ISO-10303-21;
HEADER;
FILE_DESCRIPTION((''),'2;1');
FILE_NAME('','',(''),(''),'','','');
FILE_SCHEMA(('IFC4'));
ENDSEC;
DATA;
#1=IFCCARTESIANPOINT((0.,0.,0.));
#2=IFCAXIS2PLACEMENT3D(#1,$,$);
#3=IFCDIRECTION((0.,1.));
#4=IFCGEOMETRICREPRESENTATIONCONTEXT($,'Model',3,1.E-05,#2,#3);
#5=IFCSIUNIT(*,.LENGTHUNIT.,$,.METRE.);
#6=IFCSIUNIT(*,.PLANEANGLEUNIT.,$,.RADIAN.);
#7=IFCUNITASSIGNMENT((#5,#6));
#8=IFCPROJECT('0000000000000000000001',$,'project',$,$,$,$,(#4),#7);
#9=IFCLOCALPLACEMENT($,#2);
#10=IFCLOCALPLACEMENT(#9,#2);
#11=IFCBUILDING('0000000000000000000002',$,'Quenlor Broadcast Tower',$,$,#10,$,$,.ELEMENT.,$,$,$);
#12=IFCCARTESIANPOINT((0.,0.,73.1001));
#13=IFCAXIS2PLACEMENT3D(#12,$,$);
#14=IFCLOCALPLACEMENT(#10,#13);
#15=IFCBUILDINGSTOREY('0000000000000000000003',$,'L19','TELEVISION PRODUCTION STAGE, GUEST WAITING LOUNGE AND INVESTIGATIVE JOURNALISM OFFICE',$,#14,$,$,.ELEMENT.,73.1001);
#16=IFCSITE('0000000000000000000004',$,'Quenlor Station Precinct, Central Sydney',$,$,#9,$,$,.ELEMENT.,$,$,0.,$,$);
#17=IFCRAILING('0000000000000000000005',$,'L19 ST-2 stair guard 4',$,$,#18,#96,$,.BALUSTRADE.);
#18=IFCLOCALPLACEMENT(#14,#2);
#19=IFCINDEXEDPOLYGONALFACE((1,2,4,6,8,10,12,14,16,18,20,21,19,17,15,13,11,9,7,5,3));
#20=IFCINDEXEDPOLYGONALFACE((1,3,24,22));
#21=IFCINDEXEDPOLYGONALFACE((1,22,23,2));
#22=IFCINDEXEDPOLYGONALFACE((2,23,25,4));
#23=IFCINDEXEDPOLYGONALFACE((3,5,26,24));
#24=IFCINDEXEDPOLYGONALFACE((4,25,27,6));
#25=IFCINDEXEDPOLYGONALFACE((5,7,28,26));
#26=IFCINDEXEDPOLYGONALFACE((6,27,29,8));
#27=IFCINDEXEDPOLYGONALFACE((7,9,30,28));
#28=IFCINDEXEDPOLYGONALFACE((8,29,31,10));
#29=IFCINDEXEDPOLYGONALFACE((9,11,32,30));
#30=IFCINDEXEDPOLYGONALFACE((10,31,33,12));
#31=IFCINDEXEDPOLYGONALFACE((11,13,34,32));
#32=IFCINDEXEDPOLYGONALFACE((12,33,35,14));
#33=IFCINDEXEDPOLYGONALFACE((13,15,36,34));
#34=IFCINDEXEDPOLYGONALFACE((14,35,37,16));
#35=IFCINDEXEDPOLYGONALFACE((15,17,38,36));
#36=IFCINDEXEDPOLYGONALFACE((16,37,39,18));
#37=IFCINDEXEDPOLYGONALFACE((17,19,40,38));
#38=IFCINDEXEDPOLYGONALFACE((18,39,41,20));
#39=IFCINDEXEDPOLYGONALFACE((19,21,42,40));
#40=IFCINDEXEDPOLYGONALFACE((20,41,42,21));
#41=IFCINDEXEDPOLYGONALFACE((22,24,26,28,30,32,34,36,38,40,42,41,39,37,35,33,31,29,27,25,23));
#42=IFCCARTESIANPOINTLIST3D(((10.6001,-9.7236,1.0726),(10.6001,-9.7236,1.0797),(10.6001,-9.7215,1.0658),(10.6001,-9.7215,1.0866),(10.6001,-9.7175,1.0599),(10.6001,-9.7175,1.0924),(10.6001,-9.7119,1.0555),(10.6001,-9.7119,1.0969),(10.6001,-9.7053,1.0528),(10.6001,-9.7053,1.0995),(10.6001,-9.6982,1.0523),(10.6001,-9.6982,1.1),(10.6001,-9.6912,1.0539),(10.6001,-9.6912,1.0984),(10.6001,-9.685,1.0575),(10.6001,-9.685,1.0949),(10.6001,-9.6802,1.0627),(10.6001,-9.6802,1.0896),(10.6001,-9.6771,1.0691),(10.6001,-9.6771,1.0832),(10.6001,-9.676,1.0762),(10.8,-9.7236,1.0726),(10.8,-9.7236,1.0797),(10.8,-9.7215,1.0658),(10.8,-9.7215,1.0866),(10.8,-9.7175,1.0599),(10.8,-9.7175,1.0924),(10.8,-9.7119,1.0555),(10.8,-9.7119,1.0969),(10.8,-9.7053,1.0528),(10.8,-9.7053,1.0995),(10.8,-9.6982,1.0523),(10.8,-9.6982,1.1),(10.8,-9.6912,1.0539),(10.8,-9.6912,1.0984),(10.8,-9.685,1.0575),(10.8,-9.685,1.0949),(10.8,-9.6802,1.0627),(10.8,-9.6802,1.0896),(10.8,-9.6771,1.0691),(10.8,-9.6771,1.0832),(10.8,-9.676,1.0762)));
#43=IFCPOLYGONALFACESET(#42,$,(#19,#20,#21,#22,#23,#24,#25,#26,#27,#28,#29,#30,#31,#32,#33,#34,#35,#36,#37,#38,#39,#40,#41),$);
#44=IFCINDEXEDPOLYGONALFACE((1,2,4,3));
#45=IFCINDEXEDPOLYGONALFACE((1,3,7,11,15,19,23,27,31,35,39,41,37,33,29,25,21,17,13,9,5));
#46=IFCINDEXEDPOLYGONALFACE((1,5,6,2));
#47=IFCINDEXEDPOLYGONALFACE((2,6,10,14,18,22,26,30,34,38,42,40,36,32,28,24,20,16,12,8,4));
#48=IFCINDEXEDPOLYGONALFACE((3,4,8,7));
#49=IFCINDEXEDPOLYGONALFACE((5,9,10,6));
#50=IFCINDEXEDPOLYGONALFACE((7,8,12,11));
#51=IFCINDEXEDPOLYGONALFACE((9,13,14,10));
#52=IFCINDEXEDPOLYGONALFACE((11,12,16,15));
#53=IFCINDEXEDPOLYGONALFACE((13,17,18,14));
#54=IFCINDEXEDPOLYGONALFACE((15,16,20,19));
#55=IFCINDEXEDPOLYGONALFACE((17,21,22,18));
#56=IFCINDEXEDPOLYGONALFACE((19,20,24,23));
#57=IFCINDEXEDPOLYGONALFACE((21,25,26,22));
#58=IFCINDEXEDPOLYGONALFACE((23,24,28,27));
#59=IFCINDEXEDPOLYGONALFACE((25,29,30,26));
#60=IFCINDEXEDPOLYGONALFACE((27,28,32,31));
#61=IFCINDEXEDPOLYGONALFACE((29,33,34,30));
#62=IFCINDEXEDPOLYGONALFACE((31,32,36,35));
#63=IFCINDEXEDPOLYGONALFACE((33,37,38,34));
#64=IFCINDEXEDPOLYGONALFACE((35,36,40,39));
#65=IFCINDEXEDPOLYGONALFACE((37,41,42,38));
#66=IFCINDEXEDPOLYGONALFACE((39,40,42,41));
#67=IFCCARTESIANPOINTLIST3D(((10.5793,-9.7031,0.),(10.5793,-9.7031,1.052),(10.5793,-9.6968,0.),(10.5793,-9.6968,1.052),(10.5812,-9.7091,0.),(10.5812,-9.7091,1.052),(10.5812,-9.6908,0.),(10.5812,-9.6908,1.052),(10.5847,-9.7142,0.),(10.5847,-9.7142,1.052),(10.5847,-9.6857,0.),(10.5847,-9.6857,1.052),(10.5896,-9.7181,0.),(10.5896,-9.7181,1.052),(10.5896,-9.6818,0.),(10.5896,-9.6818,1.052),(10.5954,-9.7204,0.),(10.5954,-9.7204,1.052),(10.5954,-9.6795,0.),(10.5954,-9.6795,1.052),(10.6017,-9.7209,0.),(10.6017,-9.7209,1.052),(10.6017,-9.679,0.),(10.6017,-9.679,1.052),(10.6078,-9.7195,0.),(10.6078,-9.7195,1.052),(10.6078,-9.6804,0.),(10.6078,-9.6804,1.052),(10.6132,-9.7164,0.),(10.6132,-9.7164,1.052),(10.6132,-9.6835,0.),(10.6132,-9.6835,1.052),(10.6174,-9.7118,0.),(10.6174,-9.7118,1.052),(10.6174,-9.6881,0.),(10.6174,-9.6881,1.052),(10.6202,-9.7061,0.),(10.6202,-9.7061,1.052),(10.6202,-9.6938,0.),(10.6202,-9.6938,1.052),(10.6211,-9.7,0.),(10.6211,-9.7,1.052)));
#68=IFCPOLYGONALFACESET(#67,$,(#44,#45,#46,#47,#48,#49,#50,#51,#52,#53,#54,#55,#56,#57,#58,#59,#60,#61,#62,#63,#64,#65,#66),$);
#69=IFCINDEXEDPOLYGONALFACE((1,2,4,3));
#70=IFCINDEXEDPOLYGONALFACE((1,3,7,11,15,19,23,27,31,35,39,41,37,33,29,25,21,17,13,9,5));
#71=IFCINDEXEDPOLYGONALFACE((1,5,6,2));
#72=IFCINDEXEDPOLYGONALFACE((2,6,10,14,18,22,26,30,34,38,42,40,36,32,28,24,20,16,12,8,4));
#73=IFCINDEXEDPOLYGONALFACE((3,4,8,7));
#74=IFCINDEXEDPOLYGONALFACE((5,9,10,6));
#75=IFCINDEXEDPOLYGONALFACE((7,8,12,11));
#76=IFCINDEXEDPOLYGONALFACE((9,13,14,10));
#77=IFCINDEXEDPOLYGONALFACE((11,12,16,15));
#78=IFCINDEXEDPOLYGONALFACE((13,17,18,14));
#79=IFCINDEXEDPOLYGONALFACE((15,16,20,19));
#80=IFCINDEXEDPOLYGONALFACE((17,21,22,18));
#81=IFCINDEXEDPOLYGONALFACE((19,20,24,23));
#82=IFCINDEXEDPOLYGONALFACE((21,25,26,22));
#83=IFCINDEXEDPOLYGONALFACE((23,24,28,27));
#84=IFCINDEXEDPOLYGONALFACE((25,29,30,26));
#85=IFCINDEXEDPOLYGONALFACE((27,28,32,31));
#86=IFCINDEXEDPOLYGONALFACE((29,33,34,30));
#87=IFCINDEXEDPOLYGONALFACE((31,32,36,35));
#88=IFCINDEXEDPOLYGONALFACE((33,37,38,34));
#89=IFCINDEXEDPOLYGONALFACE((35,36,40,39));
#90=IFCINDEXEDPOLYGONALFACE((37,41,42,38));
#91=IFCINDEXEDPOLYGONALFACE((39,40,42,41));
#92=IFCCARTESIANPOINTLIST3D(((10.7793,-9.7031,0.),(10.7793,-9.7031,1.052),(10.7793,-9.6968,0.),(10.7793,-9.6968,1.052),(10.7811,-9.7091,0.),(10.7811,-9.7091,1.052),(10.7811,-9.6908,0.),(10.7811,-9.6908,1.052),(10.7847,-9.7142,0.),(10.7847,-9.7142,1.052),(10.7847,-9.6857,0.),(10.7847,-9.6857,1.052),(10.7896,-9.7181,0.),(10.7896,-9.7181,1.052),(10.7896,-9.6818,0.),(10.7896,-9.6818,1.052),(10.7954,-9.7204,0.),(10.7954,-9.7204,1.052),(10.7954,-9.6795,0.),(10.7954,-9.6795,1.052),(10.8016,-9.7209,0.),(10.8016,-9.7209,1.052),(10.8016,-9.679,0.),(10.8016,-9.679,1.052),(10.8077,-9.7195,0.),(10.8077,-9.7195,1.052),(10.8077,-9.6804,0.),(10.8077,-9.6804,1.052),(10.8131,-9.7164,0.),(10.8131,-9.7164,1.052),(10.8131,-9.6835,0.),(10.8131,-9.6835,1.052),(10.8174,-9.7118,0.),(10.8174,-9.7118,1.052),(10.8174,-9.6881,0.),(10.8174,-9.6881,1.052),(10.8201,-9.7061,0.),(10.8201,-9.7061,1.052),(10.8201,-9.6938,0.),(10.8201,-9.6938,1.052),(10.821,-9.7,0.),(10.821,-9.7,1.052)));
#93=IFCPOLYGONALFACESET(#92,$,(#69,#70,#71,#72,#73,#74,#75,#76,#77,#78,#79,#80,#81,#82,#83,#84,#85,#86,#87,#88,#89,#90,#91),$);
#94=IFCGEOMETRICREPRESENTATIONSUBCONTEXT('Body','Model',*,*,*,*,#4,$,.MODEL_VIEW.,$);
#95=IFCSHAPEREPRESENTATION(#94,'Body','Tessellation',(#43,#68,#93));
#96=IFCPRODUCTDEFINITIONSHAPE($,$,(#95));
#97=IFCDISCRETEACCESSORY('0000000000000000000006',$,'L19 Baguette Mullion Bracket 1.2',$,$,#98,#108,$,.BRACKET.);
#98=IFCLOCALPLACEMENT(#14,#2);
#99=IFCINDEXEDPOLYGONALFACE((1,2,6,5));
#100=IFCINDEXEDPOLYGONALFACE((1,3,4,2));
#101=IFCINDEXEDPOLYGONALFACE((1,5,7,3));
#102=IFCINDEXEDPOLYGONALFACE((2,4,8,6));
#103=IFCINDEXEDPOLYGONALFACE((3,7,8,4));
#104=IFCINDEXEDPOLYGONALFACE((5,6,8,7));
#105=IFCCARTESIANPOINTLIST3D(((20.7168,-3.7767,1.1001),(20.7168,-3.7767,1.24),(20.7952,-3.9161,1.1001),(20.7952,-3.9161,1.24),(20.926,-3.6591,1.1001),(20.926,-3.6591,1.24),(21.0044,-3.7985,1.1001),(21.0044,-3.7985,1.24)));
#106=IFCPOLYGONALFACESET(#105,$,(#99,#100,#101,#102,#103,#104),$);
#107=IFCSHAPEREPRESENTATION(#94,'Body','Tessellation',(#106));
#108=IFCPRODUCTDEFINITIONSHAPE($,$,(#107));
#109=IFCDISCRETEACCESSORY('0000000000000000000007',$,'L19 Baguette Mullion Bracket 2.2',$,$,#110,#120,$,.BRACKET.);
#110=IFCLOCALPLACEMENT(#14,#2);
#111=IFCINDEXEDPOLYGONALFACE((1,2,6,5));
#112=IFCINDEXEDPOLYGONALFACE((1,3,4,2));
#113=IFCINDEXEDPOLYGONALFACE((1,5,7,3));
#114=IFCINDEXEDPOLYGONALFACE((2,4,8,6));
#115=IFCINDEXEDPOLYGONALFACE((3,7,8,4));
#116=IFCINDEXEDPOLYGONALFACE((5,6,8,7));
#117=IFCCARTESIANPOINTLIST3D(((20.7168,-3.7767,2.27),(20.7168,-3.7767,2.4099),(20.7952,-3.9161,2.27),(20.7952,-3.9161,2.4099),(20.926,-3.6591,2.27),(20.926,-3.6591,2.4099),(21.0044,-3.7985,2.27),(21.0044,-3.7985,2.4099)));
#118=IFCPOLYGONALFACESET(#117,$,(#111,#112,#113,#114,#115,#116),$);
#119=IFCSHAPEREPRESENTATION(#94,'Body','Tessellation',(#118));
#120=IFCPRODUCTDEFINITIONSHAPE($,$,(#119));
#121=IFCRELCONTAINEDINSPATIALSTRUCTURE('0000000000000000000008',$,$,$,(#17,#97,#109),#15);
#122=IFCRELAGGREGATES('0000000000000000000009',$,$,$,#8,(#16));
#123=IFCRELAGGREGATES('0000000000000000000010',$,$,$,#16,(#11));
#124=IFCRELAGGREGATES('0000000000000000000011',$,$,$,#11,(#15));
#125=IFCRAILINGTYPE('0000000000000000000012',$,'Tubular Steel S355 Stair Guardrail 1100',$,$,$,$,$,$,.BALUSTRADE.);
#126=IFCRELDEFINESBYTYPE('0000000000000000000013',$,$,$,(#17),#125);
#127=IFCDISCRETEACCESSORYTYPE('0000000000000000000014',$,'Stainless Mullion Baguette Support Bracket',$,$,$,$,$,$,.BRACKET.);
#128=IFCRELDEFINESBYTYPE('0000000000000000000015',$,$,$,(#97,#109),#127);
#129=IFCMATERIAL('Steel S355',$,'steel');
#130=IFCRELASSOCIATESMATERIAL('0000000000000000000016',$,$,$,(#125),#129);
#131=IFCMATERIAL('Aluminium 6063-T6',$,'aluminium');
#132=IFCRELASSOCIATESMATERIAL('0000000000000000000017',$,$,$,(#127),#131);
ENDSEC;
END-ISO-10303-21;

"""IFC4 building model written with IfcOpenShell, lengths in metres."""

from ifc_helpers import new_model, si_unit, direction, frame, origin, origin_2d, place, context, subcontext, project, spatial, rectangle, circle, extrude, material, type_object, element, save


model = new_model("IFC4")

# Units and contexts
model_context = context("Model", 3, precision=1e-05, world=origin(), true_north=direction((0.0, 1.0)))
body_context = subcontext(model_context, "Body", "Model", "MODEL_VIEW")
ifc_project = project(units=[si_unit("LENGTHUNIT", "METRE"), si_unit("PLANEANGLEUNIT", "RADIAN")], contexts=[model_context])

# Site, building, storey
site_placement = place(None, origin())
site = spatial("IfcSite", under=ifc_project, at=site_placement, Name="Quenlor Station Precinct, Central Sydney", CompositionType="ELEMENT", RefElevation=0.0)
building_placement = place(site_placement, origin())
building = spatial("IfcBuilding", under=site, at=building_placement, Name="Quenlor Broadcast Tower", CompositionType="ELEMENT")
storey_placement = place(building_placement, frame((0.0, 0.0, 73.1001)))
storey = spatial("IfcBuildingStorey", under=building, at=storey_placement, Name="L19", Description="TELEVISION PRODUCTION STAGE, GUEST WAITING LOUNGE AND INVESTIGATIVE JOURNALISM OFFICE", CompositionType="ELEMENT", Elevation=73.1001)

# Railing
ifc_material_1 = material(Name="Steel S355", Category="steel")
railing_type_1 = type_object("IfcRailingType", Name="Tubular Steel S355 Stair Guardrail 1100", PredefinedType="BALUSTRADE", material=ifc_material_1)
railing_1_placement = place(storey_placement, frame((10.6001, -9.7, 0.0)))
element("IfcRailing", 1, at=railing_1_placement, inside=storey, type_object=railing_type_1, Name="L19 ST-2 stair guard 4", PredefinedType="BALUSTRADE", context=body_context, shape_type="SweptSolid", body=[
    extrude(circle(Radius=0.0239, at=origin_2d()), frame((0.0, 0.0, 1.0762), z_axis=(1.0, 0.0, 0.0), x_axis=(0.0, 1.0, 0.0)), (0.0, 0.0, 1.0), 0.2),
    extrude(circle(Radius=0.021, at=origin_2d()), origin(), (0.0, 0.0, 1.0), 1.052),
    extrude(circle(Radius=0.021, at=origin_2d()), frame((0.2, 0.0, 0.0)), (0.0, 0.0, 1.0), 1.052),
])

# Discrete accessories
ifc_material_2 = material(Name="Aluminium 6063-T6", Category="aluminium")
discrete_accessory_type = type_object("IfcDiscreteAccessoryType", Name="Stainless Mullion Baguette Support Bracket", PredefinedType="BRACKET", material=ifc_material_2)
for number, where, z_axis, x_axis, name in (
    (2, (20.8606, -3.7876, 1.1001), (0.0, 0.0, 1.0), (0.490257, -0.871578, 0.0), "L19 Baguette Mullion Bracket 1.2"),
    (3, (20.8606, -3.7876, 2.27), (0.0, 0.0, 1.0), (0.490257, -0.871578, 0.0), "L19 Baguette Mullion Bracket 2.2"),
):
    element("IfcDiscreteAccessory", number, at=place(storey_placement, frame(where, z_axis=z_axis, x_axis=x_axis)), inside=storey, type_object=discrete_accessory_type, Name=name, PredefinedType="BRACKET", context=body_context, shape_type="SweptSolid", body=[
        extrude(rectangle(XDim=0.1599, YDim=0.24, at=origin_2d()), origin(), (0.0, 0.0, 1.0), 0.1399),
    ])

save(model, "model.ifc")
